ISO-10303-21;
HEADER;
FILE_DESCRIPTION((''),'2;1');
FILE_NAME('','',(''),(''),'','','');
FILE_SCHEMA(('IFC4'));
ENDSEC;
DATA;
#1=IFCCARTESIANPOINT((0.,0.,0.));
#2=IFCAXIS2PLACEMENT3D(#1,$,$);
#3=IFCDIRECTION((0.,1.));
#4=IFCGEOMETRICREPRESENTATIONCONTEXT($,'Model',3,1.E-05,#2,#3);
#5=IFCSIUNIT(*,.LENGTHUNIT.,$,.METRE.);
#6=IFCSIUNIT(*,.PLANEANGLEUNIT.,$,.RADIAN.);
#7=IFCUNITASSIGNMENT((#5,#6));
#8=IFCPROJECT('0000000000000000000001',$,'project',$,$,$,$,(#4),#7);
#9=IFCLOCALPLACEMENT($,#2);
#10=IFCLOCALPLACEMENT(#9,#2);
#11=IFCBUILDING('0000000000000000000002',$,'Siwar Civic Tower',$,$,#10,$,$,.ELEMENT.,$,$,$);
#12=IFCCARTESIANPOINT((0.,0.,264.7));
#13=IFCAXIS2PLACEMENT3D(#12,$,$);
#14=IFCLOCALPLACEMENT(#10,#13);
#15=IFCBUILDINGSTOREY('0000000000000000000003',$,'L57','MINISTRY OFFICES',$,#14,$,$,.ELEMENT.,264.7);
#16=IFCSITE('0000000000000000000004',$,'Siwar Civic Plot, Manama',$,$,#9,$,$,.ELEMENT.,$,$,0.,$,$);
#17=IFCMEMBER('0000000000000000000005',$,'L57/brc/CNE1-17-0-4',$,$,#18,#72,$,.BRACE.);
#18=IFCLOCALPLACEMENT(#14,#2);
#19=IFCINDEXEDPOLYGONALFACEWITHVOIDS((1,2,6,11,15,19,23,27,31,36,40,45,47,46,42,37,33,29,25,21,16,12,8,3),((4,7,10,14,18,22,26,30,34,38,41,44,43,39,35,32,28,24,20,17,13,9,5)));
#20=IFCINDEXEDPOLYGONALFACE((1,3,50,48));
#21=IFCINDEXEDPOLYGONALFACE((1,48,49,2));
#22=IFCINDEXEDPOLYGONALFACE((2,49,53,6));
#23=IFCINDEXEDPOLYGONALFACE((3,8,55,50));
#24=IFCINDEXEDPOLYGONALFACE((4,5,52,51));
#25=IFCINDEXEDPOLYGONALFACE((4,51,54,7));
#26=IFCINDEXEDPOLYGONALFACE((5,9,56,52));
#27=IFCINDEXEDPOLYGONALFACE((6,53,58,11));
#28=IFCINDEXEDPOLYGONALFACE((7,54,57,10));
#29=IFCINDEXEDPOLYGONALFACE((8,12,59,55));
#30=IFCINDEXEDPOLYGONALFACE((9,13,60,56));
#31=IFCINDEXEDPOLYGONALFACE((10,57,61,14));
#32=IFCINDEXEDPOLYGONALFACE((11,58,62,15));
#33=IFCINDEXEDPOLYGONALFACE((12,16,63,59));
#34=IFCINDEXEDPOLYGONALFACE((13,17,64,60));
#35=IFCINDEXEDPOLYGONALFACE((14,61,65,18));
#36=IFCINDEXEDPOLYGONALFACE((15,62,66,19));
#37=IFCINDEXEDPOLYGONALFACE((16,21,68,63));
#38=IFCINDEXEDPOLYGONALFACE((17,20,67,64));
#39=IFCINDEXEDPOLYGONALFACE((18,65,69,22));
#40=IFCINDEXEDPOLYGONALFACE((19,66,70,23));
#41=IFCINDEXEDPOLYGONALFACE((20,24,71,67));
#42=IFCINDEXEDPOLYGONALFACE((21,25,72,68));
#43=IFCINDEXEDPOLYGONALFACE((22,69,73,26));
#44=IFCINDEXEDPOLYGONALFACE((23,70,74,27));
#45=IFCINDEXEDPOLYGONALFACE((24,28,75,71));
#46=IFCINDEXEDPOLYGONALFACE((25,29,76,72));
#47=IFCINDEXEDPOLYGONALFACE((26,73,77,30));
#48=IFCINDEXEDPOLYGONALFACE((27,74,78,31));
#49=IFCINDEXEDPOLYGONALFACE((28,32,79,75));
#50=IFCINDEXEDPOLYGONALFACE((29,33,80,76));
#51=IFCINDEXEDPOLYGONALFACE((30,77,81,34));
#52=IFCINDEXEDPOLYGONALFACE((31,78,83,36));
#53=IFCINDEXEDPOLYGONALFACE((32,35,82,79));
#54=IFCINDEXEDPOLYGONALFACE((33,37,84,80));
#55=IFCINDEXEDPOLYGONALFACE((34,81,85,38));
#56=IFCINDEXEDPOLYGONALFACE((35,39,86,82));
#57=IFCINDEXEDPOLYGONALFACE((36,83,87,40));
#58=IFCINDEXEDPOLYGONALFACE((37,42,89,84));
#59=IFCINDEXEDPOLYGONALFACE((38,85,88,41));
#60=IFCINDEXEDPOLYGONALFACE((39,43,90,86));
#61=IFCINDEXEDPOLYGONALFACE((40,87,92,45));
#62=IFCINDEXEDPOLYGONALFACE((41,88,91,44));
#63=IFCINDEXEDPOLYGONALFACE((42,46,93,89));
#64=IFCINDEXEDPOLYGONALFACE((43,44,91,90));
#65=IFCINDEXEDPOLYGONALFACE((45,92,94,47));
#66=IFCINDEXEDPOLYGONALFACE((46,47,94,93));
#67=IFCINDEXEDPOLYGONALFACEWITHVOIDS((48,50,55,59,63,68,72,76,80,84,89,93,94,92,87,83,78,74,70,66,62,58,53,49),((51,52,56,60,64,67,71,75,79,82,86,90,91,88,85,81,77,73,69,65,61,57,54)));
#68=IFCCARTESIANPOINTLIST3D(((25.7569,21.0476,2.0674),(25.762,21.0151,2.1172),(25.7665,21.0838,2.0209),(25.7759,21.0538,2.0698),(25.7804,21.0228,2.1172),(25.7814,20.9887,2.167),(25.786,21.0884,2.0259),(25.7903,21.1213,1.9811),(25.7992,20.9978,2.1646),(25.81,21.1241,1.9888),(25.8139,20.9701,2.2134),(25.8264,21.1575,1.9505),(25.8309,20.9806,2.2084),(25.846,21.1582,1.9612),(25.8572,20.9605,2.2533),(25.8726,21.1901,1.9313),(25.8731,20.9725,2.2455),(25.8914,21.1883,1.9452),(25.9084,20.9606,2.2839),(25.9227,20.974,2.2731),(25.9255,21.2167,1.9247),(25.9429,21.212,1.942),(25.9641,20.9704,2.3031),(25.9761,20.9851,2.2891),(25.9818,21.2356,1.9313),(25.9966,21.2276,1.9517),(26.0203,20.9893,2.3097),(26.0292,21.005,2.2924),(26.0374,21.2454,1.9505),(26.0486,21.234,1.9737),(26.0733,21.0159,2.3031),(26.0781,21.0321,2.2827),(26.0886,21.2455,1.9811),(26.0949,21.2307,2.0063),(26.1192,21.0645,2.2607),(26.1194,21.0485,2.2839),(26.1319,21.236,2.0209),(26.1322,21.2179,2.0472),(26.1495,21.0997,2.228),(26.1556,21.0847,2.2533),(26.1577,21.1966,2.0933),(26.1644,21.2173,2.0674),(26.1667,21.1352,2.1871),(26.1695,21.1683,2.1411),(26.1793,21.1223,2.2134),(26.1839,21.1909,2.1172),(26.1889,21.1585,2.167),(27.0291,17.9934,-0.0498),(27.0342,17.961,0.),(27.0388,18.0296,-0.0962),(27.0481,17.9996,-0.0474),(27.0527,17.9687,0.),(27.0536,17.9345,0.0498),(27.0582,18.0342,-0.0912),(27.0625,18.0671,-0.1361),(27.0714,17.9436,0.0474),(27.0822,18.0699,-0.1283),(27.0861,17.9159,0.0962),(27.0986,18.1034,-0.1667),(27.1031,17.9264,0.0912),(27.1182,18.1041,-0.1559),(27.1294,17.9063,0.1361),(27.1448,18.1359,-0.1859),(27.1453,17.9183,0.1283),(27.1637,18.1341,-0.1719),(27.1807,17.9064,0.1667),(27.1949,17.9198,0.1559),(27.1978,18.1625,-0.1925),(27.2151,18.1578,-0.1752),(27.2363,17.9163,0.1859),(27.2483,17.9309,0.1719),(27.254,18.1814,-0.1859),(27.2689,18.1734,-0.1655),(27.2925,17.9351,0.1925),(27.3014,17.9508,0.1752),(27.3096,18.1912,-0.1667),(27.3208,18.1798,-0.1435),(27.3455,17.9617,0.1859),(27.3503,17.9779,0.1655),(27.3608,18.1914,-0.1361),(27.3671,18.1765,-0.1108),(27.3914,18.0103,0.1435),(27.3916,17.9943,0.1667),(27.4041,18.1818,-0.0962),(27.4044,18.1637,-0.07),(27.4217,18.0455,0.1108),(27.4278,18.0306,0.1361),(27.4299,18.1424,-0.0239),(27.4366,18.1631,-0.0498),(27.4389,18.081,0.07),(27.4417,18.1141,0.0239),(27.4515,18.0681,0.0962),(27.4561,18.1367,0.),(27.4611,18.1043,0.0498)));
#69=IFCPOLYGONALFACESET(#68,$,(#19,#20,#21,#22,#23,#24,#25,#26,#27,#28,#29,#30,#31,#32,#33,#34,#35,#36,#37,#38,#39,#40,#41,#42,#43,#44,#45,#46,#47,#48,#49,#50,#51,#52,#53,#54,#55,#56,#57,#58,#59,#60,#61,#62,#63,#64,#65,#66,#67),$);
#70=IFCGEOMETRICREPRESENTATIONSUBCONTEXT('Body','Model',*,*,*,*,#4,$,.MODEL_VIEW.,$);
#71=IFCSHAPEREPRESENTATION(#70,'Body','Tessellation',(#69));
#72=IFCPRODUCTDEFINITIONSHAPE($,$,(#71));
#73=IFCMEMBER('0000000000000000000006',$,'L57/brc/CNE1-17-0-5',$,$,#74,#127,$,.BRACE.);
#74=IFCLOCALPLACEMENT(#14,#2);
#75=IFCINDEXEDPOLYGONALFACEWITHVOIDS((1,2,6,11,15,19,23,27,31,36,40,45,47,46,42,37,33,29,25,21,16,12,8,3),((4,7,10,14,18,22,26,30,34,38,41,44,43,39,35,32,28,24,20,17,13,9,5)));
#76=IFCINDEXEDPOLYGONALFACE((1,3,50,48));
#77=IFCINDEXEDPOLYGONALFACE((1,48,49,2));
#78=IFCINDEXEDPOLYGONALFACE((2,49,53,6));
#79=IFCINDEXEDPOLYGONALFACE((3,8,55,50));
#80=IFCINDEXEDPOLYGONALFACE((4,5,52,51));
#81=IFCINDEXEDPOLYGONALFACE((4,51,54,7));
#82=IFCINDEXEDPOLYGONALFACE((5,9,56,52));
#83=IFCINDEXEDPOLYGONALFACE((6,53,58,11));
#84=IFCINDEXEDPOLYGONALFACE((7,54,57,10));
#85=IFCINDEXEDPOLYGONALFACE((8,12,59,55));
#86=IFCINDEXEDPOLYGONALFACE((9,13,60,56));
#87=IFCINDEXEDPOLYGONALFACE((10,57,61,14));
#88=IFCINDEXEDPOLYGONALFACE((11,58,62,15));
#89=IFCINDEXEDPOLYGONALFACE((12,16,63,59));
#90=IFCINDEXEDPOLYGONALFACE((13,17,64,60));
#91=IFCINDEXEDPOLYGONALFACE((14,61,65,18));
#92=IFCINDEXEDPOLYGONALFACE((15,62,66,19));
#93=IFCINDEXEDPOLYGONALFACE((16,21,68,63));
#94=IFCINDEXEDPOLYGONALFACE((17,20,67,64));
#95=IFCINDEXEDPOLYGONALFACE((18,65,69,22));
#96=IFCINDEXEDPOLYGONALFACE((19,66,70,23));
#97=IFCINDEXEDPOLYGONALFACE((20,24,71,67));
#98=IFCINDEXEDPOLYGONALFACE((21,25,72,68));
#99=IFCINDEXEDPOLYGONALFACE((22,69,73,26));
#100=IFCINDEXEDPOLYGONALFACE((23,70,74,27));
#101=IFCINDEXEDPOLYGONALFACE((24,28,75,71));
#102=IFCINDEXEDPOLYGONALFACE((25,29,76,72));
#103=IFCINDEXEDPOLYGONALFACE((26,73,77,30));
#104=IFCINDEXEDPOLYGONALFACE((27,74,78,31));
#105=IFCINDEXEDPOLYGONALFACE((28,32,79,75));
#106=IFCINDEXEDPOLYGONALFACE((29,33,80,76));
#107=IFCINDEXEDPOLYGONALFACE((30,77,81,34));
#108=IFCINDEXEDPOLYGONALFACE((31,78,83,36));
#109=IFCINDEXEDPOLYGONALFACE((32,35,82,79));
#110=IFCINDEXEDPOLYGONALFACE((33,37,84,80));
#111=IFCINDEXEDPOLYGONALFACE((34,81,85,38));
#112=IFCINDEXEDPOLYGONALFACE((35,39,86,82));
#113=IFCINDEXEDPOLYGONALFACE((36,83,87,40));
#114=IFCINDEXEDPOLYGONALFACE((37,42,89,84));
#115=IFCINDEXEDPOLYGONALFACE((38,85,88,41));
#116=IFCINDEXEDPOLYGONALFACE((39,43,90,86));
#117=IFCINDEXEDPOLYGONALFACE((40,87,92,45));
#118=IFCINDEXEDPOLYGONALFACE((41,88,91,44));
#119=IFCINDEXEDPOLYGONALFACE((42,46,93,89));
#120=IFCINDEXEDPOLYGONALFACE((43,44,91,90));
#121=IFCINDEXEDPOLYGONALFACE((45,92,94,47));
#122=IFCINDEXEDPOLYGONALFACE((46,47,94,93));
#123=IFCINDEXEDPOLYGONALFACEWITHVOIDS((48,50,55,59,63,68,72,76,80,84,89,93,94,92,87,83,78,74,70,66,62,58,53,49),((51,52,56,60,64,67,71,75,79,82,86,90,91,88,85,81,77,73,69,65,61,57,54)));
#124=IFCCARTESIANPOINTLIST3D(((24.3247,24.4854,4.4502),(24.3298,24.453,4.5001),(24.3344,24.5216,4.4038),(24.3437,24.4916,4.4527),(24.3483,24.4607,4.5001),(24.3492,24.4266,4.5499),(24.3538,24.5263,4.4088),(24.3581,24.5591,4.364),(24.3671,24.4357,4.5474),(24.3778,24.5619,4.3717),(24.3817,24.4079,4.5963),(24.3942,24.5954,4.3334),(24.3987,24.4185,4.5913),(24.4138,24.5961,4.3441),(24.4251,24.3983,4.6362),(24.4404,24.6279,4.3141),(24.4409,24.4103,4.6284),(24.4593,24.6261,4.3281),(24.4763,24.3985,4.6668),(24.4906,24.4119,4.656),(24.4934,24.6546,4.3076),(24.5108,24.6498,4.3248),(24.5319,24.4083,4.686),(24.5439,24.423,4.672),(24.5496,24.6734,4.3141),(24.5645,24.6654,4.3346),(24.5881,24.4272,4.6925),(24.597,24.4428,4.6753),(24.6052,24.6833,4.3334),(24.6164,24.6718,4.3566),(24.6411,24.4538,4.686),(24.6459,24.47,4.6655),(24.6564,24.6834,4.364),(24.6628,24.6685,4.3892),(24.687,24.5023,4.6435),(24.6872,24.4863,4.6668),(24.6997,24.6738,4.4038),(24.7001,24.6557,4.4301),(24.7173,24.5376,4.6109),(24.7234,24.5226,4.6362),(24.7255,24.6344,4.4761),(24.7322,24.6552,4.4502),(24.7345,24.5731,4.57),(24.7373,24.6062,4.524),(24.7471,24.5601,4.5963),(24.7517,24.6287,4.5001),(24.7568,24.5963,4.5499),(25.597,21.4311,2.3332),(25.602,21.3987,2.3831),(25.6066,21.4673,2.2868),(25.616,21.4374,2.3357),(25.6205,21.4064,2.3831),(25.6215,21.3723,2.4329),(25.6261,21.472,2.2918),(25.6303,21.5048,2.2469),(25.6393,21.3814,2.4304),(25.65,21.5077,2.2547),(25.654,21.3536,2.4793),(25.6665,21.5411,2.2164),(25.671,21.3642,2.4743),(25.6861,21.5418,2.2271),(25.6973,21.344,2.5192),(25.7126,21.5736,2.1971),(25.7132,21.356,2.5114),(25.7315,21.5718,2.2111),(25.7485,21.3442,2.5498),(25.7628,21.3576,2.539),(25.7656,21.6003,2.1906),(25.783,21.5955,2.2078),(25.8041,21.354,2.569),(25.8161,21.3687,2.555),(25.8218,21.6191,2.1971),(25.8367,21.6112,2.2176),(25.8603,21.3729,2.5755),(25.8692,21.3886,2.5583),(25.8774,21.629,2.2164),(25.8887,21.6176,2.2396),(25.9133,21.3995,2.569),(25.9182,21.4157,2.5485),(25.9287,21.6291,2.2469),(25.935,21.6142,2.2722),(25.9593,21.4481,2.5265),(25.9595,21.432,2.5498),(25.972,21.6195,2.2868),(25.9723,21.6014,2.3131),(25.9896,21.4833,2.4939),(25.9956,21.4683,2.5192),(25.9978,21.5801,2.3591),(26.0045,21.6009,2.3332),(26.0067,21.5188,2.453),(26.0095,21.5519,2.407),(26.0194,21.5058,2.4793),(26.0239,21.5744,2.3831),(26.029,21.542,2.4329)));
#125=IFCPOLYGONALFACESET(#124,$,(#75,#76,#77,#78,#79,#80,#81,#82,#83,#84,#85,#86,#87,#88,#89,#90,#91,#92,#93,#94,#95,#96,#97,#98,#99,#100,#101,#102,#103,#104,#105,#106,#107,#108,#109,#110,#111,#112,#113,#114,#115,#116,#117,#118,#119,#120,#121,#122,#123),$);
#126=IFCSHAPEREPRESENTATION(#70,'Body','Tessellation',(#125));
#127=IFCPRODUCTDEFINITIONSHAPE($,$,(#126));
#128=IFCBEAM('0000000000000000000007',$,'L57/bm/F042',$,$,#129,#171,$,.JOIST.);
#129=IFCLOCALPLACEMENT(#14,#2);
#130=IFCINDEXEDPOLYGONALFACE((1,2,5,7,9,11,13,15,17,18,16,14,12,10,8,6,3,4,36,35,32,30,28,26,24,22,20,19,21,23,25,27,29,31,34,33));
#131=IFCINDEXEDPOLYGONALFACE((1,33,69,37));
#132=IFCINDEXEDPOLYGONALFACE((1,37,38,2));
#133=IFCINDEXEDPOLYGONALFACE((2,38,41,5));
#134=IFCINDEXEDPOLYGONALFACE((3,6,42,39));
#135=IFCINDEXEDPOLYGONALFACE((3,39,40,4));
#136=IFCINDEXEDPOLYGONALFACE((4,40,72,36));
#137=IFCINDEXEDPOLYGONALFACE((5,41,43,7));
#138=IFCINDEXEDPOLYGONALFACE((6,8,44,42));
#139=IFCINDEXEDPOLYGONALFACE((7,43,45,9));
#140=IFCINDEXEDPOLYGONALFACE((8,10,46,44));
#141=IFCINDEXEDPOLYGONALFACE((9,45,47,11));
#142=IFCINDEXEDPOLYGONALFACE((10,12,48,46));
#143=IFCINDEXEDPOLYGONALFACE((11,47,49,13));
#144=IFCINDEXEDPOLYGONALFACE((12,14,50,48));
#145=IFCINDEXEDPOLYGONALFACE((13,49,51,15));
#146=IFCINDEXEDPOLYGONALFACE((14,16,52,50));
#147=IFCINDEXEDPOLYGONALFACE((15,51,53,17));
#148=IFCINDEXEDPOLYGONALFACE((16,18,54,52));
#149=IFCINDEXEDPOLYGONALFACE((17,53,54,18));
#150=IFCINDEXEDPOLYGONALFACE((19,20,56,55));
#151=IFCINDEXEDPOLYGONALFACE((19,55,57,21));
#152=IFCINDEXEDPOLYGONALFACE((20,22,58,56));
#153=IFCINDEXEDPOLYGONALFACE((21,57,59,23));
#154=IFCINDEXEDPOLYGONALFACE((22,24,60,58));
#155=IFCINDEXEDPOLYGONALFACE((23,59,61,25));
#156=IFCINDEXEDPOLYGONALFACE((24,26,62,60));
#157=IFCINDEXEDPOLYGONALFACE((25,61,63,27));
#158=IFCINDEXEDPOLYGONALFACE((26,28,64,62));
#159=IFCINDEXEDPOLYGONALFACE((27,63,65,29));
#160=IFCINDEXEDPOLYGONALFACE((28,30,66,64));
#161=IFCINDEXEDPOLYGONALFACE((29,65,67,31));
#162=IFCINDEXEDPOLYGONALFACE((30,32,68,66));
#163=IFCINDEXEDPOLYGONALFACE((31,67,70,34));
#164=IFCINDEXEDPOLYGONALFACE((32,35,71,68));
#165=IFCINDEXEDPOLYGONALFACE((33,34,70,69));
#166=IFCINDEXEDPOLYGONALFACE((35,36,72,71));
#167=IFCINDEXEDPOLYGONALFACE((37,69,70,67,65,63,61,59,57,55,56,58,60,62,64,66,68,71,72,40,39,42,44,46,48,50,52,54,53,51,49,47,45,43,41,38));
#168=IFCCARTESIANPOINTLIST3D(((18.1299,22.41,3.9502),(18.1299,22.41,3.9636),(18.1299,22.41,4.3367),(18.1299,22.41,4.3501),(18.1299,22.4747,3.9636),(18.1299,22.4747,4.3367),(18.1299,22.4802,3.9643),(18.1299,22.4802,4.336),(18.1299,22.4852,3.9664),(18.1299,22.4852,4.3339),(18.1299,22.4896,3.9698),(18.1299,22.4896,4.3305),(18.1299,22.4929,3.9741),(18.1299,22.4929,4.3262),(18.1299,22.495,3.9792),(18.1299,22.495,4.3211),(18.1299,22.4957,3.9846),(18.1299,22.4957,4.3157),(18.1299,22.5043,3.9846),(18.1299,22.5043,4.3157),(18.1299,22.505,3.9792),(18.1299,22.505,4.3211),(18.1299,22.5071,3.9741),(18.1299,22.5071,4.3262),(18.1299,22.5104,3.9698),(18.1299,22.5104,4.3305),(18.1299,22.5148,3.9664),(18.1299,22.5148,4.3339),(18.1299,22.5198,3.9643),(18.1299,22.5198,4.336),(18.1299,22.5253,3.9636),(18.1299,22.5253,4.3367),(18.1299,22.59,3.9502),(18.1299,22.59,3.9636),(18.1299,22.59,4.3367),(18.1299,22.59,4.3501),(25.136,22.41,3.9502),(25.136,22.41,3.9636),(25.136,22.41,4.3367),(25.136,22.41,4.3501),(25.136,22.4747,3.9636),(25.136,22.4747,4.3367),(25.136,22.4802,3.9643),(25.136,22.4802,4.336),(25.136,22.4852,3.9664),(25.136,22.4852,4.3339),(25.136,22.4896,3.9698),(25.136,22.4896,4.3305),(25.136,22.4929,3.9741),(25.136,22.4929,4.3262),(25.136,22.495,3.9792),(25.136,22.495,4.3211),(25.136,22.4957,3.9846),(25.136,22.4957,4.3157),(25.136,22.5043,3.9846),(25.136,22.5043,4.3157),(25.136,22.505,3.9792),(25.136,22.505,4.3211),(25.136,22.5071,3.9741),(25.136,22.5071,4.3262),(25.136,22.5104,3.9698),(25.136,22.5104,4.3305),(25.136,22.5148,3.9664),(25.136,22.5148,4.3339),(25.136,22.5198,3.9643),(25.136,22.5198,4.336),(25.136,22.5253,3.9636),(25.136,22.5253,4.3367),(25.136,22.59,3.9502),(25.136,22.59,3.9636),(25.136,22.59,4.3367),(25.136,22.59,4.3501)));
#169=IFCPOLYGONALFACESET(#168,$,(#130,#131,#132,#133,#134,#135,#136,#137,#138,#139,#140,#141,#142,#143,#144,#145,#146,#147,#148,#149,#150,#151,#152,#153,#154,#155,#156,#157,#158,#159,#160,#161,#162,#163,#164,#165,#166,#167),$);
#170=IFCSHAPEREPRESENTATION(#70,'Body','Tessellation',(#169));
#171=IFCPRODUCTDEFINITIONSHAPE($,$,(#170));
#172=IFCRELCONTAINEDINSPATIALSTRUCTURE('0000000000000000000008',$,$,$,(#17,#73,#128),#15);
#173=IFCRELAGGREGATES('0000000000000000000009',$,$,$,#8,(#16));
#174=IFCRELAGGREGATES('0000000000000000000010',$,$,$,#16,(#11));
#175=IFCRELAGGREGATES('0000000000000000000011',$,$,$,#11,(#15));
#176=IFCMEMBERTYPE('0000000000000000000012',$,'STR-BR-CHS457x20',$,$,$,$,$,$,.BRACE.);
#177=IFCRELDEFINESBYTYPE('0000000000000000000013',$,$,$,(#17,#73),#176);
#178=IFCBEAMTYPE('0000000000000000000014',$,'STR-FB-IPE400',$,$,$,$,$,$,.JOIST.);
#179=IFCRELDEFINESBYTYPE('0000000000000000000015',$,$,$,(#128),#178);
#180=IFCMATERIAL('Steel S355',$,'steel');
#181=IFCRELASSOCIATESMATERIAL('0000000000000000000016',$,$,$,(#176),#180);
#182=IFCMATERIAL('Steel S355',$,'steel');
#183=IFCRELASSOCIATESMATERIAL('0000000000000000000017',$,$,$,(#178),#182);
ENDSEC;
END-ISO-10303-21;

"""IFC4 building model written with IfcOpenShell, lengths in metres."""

from ifc_helpers import new_model, si_unit, direction, frame, origin, origin_2d, place, context, subcontext, project, spatial, hollow_circle, i_section, extrude, material, material_profile, profile_set, type_object, element, save


model = new_model("IFC4")

# Units and contexts
model_context = context("Model", 3, precision=1e-05, world=origin(), true_north=direction((0.0, 1.0)))
body_context = subcontext(model_context, "Body", "Model", "MODEL_VIEW")
ifc_project = project(units=[si_unit("LENGTHUNIT", "METRE"), si_unit("PLANEANGLEUNIT", "RADIAN")], contexts=[model_context])

# Site, building, storey
site_placement = place(None, origin())
site = spatial("IfcSite", under=ifc_project, at=site_placement, Name="Siwar Civic Plot, Manama", CompositionType="ELEMENT", RefElevation=0.0)
building_placement = place(site_placement, origin())
building = spatial("IfcBuilding", under=site, at=building_placement, Name="Siwar Civic Tower", CompositionType="ELEMENT")
storey_placement = place(building_placement, frame((0.0, 0.0, 264.7)))
storey = spatial("IfcBuildingStorey", under=building, at=storey_placement, Name="L57", Description="MINISTRY OFFICES", CompositionType="ELEMENT", Elevation=264.7)

# Members
ifc_material_1 = material(Name="Steel S355", Category="steel")
ifc_material_profile_1 = material_profile(ifc_material_1, hollow_circle(Radius=0.2285, WallThickness=0.02, at=origin_2d()), Name="CHS457x20")
ifc_profile_set_1 = profile_set([ifc_material_profile_1], Name="Steel S355")
member_type_1 = type_object("IfcMemberType", Name="STR-BR-CHS457x20", PredefinedType="BRACE", material=ifc_profile_set_1)
for number, where, z_axis, x_axis, name in (
    (1, (27.2451, 18.0488, 0.0), (-0.323884, 0.777546, 0.538999), (-0.923116, -0.384521, 0.0), "L57/brc/CNE1-17-0-4"),
    (2, (25.813, 21.4866, 2.3831), (-0.323895, 0.777572, 0.538955), (-0.923116, -0.384521, 0.0), "L57/brc/CNE1-17-0-5"),
):
    element("IfcMember", number, at=place(storey_placement, frame(where, z_axis=z_axis, x_axis=x_axis)), inside=storey, type_object=member_type_1, Name=name, PredefinedType="BRACE", context=body_context, shape_type="SweptSolid", body=[
        extrude(hollow_circle(Radius=0.2285, WallThickness=0.02, at=origin_2d()), origin(), (0.0, 0.0, 1.0), 3.928),
    ])

# Beam
ifc_material_2 = material(Name="Steel S355", Category="steel")
ifc_material_profile_2 = material_profile(ifc_material_2, i_section(OverallWidth=0.1799, OverallDepth=0.3999, WebThickness=0.0085, FlangeThickness=0.0134, FilletRadius=0.021, at=origin_2d()), Name="IPE400")
ifc_profile_set_2 = profile_set([ifc_material_profile_2], Name="Steel S355")
beam_type_1 = type_object("IfcBeamType", Name="STR-FB-IPE400", PredefinedType="JOIST", material=ifc_profile_set_2)
beam_1_placement = place(storey_placement, frame((18.1299, 22.5, 4.1501), z_axis=(1.0, 0.0, 0.0), x_axis=(0.0, 1.0, 0.0)))
element("IfcBeam", 3, at=beam_1_placement, inside=storey, type_object=beam_type_1, Name="L57/bm/F042", PredefinedType="JOIST", context=body_context, shape_type="SweptSolid", body=[
    extrude(i_section(OverallWidth=0.1799, OverallDepth=0.3999, WebThickness=0.0085, FlangeThickness=0.0134, FilletRadius=0.021, at=origin_2d()), origin(), (0.0, 0.0, 1.0), 7.0061),
])

save(model, "model.ifc")
